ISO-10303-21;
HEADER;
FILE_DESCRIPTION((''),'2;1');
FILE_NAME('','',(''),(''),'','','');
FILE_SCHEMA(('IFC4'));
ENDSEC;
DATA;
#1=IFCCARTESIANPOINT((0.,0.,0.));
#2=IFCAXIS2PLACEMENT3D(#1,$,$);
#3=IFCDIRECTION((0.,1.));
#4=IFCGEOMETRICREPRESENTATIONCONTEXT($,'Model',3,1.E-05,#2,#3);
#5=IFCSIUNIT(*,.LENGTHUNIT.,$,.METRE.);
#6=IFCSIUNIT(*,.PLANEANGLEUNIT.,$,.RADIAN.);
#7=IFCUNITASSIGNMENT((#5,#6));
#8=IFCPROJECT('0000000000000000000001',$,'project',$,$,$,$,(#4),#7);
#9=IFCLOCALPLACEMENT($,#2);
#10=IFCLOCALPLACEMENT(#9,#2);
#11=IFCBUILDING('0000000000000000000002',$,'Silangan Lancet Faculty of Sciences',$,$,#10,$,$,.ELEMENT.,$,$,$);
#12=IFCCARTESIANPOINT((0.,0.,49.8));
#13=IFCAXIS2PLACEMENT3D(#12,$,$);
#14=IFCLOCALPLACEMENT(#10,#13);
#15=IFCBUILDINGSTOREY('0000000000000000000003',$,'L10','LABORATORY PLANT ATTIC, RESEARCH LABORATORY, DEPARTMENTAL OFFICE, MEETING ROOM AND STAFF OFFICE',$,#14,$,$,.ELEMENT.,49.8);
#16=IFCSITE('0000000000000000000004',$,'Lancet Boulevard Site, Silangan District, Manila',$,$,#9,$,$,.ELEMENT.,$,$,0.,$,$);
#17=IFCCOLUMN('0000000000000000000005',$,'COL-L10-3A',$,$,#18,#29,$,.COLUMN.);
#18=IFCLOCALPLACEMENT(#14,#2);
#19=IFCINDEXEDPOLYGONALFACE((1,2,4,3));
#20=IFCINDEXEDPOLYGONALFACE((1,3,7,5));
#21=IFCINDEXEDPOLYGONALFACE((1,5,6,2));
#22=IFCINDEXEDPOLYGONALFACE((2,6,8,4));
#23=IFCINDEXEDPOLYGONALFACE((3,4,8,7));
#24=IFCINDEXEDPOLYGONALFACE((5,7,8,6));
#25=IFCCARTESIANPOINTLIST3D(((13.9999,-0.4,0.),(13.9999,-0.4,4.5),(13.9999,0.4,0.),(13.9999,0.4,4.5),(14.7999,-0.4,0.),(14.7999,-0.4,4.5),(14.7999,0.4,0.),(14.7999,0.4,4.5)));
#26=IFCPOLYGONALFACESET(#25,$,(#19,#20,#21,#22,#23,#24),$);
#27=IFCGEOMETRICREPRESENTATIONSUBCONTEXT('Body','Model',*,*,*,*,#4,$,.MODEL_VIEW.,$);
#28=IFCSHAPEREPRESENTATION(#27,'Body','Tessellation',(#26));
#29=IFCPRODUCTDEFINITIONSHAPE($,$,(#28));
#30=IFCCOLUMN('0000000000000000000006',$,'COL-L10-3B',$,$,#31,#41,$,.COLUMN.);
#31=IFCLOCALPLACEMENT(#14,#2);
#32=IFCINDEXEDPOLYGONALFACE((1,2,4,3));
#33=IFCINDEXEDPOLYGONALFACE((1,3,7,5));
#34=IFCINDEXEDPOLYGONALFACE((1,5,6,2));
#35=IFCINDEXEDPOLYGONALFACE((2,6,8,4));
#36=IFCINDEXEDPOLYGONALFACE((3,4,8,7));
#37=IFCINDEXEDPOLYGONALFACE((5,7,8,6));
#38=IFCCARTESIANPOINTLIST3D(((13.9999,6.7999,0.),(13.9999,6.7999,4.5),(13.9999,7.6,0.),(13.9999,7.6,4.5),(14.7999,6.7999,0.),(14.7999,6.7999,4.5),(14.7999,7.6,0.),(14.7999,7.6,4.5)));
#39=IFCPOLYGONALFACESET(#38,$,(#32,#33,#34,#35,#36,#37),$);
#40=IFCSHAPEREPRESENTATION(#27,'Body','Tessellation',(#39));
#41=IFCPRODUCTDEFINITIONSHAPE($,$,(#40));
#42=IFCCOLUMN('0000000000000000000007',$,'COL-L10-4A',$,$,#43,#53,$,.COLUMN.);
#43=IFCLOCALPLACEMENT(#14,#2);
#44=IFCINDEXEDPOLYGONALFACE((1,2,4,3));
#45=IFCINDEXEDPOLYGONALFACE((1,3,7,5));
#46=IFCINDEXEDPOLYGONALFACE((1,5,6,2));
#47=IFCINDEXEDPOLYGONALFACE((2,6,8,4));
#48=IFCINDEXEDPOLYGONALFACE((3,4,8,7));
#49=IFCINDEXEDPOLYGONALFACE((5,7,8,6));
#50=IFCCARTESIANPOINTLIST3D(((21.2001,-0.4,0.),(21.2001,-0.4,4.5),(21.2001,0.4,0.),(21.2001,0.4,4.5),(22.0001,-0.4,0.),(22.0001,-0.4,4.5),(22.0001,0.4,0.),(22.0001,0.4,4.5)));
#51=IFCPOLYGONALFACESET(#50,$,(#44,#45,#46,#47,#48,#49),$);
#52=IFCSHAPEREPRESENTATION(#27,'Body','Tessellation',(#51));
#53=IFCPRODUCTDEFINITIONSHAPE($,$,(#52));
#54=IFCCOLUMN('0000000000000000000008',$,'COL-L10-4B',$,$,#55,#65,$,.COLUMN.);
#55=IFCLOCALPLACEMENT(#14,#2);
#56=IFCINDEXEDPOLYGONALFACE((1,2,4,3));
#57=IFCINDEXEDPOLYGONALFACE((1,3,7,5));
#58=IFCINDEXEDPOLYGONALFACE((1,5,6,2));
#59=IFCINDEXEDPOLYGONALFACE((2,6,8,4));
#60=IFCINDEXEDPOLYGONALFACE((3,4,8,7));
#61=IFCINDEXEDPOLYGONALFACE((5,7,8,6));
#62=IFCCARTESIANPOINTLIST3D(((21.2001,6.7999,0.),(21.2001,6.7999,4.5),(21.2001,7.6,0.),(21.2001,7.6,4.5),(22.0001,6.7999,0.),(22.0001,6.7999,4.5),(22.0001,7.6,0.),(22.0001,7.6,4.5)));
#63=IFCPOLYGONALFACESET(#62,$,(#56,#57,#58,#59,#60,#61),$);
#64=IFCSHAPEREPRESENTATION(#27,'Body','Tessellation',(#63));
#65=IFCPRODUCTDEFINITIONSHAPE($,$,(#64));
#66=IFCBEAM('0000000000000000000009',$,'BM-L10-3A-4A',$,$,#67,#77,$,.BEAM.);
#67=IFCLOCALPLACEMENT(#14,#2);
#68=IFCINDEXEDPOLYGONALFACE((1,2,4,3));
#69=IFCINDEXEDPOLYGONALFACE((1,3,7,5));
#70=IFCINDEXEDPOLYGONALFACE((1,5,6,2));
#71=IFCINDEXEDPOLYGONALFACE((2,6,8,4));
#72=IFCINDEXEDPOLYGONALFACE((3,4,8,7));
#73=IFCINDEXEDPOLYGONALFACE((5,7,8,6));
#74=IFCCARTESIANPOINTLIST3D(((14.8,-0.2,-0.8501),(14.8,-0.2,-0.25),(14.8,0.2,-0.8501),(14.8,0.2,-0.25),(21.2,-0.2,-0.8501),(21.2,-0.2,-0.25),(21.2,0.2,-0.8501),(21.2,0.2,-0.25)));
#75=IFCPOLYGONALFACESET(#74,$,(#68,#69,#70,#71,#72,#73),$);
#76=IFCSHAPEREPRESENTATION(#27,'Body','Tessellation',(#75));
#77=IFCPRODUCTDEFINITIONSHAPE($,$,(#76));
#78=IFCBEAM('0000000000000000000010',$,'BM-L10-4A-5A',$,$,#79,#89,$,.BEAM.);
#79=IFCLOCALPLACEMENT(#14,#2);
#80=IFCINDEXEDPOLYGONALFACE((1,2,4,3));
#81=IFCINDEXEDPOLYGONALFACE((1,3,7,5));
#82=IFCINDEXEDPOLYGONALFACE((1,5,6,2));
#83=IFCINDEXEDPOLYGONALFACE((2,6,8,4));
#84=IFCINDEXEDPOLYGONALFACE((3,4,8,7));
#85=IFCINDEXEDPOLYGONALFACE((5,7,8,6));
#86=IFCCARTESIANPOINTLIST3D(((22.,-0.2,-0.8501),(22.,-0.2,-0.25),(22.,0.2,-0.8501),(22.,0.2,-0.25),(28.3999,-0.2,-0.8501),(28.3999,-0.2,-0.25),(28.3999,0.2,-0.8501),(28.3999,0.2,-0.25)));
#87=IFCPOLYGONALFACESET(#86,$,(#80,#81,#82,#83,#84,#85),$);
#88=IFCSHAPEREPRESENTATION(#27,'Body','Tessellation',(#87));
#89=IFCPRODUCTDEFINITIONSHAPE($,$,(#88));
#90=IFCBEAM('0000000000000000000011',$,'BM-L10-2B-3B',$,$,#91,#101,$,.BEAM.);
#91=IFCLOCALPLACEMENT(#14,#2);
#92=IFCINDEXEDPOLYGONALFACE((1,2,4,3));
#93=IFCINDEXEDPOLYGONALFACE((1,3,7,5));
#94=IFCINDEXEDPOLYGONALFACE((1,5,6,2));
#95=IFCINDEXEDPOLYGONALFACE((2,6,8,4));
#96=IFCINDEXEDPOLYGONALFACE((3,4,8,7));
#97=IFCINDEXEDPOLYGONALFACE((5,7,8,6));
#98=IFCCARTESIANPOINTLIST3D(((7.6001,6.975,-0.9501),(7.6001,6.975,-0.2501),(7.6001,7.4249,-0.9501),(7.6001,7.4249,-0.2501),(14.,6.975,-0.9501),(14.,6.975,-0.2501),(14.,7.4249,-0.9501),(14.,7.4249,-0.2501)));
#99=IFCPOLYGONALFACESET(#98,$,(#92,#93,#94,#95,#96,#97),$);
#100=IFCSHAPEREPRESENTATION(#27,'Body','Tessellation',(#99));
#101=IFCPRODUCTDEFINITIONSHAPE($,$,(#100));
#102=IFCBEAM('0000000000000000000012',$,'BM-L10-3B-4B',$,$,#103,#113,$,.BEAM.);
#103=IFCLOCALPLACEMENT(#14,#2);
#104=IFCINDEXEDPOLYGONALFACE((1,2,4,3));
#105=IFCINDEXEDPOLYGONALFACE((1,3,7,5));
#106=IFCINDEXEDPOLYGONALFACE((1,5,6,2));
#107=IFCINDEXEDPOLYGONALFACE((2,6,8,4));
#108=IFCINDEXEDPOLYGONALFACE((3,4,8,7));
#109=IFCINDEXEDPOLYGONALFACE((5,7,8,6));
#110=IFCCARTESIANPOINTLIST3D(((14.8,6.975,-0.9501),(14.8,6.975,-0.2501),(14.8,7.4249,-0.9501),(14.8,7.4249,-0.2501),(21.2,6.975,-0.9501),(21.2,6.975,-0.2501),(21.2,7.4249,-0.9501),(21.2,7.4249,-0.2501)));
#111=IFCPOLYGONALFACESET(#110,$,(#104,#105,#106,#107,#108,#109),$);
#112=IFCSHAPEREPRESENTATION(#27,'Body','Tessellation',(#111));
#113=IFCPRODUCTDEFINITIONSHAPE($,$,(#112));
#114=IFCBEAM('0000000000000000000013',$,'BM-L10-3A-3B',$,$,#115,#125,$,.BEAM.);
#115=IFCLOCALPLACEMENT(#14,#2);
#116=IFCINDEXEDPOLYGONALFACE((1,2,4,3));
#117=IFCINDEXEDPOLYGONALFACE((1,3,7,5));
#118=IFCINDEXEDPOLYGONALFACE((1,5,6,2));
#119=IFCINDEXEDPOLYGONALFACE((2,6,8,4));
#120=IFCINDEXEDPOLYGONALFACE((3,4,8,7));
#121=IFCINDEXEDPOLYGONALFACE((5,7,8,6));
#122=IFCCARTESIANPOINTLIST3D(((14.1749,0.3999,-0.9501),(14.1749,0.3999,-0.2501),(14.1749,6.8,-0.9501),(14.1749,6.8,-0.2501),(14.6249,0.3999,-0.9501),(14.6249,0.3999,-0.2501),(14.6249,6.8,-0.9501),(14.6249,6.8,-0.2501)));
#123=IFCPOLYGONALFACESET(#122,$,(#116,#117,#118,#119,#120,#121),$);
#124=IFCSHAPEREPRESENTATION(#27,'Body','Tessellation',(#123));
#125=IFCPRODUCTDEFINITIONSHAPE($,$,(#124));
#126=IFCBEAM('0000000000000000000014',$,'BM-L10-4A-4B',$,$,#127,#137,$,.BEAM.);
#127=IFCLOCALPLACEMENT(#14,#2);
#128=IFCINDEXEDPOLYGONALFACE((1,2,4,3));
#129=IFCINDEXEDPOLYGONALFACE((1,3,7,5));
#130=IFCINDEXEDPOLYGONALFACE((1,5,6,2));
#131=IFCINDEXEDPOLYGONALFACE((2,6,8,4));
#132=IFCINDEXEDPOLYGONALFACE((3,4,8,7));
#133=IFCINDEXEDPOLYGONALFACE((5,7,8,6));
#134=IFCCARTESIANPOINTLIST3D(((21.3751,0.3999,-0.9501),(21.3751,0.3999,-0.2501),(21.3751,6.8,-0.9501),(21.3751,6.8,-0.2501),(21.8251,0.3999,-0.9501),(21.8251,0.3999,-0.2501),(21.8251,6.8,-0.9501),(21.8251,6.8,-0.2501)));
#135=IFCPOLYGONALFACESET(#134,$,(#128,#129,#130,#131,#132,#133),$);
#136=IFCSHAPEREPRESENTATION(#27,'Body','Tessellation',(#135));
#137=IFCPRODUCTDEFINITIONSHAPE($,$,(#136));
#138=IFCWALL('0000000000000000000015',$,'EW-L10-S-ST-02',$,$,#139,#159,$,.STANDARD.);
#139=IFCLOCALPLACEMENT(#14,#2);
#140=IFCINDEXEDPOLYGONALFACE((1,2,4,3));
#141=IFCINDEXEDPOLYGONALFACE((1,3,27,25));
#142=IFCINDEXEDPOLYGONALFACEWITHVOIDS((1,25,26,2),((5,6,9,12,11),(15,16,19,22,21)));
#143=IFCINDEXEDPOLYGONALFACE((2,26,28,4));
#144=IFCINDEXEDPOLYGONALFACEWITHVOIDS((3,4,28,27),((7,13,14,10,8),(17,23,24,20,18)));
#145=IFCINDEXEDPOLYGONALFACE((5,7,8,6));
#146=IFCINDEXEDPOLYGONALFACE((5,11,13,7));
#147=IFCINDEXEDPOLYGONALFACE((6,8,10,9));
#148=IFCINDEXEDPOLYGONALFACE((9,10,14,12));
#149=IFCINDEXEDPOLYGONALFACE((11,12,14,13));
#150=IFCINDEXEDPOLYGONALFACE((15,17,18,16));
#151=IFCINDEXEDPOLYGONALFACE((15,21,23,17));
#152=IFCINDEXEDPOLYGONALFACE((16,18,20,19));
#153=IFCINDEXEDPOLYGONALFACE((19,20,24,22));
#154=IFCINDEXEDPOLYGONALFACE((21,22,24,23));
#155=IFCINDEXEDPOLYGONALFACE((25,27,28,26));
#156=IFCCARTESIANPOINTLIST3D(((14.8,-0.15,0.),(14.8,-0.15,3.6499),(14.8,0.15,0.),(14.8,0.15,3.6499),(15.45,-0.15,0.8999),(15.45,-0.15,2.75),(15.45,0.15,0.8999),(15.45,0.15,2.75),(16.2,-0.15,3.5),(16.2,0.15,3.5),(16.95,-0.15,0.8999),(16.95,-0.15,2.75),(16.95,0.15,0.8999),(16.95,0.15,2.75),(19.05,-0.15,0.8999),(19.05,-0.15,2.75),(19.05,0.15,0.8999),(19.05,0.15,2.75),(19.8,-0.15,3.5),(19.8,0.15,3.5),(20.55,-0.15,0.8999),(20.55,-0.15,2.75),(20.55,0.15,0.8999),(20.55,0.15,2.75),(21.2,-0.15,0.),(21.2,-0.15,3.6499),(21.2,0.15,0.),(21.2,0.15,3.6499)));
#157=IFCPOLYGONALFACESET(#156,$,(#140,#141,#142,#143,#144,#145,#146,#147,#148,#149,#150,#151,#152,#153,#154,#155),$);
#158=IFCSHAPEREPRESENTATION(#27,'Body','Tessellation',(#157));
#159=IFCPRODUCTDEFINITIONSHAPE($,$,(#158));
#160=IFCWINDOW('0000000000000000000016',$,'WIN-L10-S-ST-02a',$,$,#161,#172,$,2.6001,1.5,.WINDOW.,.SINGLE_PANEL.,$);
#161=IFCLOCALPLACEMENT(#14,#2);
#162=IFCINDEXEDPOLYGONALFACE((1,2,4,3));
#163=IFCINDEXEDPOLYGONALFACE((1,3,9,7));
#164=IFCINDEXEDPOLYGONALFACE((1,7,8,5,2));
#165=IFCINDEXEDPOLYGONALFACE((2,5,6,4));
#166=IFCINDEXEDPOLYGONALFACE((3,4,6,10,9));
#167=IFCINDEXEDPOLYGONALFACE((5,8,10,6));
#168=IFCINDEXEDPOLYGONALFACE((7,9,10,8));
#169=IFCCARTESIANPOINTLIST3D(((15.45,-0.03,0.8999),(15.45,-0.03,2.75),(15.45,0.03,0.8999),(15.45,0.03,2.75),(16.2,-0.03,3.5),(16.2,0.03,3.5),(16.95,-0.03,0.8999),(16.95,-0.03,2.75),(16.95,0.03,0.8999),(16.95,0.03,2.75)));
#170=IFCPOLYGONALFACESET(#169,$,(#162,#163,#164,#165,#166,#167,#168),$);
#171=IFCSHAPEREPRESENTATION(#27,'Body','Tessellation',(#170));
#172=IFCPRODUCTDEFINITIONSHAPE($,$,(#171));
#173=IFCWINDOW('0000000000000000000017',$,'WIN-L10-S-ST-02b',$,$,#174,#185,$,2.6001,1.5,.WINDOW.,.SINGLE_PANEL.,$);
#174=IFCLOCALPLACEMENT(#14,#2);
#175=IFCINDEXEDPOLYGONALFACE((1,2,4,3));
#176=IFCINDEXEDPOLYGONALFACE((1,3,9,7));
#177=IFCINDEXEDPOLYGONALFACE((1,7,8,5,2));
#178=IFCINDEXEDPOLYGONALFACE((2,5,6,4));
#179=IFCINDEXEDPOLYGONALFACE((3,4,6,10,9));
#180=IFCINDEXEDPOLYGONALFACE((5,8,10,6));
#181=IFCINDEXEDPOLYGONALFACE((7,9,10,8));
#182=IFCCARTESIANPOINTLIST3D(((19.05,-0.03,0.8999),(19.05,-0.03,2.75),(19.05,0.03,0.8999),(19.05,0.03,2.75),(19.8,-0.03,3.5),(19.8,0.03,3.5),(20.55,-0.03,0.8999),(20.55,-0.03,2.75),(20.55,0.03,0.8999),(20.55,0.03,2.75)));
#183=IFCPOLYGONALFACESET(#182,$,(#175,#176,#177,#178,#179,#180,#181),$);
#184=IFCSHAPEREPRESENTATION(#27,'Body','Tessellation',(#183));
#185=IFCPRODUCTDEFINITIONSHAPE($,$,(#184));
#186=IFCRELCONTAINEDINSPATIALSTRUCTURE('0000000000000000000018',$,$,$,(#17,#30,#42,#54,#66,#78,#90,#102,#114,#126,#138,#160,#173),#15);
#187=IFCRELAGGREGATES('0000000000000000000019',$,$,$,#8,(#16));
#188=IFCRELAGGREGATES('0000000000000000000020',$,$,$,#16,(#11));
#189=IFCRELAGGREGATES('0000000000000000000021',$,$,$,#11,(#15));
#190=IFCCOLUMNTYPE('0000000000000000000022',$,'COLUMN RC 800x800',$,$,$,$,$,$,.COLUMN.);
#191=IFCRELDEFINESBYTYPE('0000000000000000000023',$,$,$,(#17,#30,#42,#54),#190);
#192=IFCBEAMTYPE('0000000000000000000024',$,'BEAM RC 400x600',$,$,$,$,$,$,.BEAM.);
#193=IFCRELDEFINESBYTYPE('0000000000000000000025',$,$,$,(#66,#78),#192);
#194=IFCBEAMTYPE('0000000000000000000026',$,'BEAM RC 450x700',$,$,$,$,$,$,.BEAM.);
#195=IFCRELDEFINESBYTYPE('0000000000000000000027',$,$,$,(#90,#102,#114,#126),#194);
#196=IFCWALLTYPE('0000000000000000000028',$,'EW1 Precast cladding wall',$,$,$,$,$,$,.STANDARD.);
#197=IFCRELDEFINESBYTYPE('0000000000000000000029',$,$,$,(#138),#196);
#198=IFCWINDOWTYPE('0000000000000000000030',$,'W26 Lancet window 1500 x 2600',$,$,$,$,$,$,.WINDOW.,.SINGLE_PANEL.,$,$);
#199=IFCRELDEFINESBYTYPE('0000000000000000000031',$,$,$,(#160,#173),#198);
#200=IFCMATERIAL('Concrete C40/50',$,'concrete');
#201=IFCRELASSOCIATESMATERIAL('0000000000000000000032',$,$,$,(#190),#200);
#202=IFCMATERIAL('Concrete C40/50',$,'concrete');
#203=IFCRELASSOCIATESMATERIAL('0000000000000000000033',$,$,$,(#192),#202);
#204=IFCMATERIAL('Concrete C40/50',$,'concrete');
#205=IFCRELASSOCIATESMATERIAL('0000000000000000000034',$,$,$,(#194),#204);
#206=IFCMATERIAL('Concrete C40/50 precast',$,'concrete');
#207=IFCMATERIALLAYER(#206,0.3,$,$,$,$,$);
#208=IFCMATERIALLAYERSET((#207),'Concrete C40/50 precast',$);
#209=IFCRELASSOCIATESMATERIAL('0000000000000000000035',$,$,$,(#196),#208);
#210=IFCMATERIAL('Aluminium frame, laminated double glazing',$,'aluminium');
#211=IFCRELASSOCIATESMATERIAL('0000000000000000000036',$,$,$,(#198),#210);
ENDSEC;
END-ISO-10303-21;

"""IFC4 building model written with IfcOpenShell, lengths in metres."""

from ifc_helpers import new_model, si_unit, direction, frame, frame_2d, origin, origin_2d, place, context, subcontext, project, spatial, polyline, rectangle, outline, extrude, material, layer, layer_set, material_profile, profile_set, type_object, element, fill, save


model = new_model("IFC4")

# Units and contexts
model_context = context("Model", 3, precision=1e-05, world=origin(), true_north=direction((0.0, 1.0)))
body_context = subcontext(model_context, "Body", "Model", "MODEL_VIEW")
ifc_project = project(units=[si_unit("LENGTHUNIT", "METRE"), si_unit("PLANEANGLEUNIT", "RADIAN")], contexts=[model_context])

# Site, building, storey
site_placement = place(None, origin())
site = spatial("IfcSite", under=ifc_project, at=site_placement, Name="Lancet Boulevard Site, Silangan District, Manila", CompositionType="ELEMENT", RefElevation=0.0)
building_placement = place(site_placement, origin())
building = spatial("IfcBuilding", under=site, at=building_placement, Name="Silangan Lancet Faculty of Sciences", CompositionType="ELEMENT")
storey_placement = place(building_placement, frame((0.0, 0.0, 49.8)))
storey = spatial("IfcBuildingStorey", under=building, at=storey_placement, Name="L10", Description="LABORATORY PLANT ATTIC, RESEARCH LABORATORY, DEPARTMENTAL OFFICE, MEETING ROOM AND STAFF OFFICE", CompositionType="ELEMENT", Elevation=49.8)

# Columns
ifc_material_1 = material(Name="Concrete C40/50", Category="concrete")
ifc_material_profile_1 = material_profile(ifc_material_1, rectangle(XDim=0.8, YDim=0.8, at=origin_2d()), Name="RC 800x800")
ifc_profile_set_1 = profile_set([ifc_material_profile_1], Name="Concrete C40/50")
column_type = type_object("IfcColumnType", Name="COLUMN RC 800x800", PredefinedType="COLUMN", material=ifc_profile_set_1)
for number, where, z_axis, x_axis, name in (
    (1, (14.3999, 0.0, 0.0), (0.0, 0.0, 1.0), (1.0, 0.0, 0.0), "COL-L10-3A"),
    (2, (14.3999, 7.2, 0.0), (0.0, 0.0, 1.0), (1.0, 0.0, 0.0), "COL-L10-3B"),
    (3, (21.6001, 0.0, 0.0), (0.0, 0.0, 1.0), (1.0, 0.0, 0.0), "COL-L10-4A"),
    (4, (21.6001, 7.2, 0.0), (0.0, 0.0, 1.0), (1.0, 0.0, 0.0), "COL-L10-4B"),
):
    element("IfcColumn", number, at=place(storey_placement, frame(where, z_axis=z_axis, x_axis=x_axis)), inside=storey, type_object=column_type, Name=name, PredefinedType="COLUMN", context=body_context, shape_type="SweptSolid", body=[
        extrude(rectangle(XDim=0.8, YDim=0.8, at=origin_2d()), origin(), (0.0, 0.0, 1.0), 4.5),
    ])

# Beams
ifc_material_2 = material(Name="Concrete C40/50", Category="concrete")
ifc_material_profile_2 = material_profile(ifc_material_2, rectangle(XDim=0.3999, YDim=0.6001, at=origin_2d()), Name="RC 400x600")
ifc_profile_set_2 = profile_set([ifc_material_profile_2], Name="Concrete C40/50")
beam_type_1 = type_object("IfcBeamType", Name="BEAM RC 400x600", PredefinedType="BEAM", material=ifc_profile_set_2)
for number, where, z_axis, x_axis, name in (
    (5, (14.8, 0.0, -0.55), (1.0, 0.0, 0.0), (0.0, 1.0, 0.0), "BM-L10-3A-4A"),
    (6, (22.0, 0.0, -0.55), (1.0, 0.0, 0.0), (0.0, 1.0, 0.0), "BM-L10-4A-5A"),
):
    element("IfcBeam", number, at=place(storey_placement, frame(where, z_axis=z_axis, x_axis=x_axis)), inside=storey, type_object=beam_type_1, Name=name, PredefinedType="BEAM", context=body_context, shape_type="SweptSolid", body=[
        extrude(rectangle(XDim=0.3999, YDim=0.6001, at=origin_2d()), origin(), (0.0, 0.0, 1.0), 6.3999),
    ])
ifc_material_3 = material(Name="Concrete C40/50", Category="concrete")
ifc_material_profile_3 = material_profile(ifc_material_3, rectangle(XDim=0.45, YDim=0.7, at=origin_2d()), Name="RC 450x700")
ifc_profile_set_3 = profile_set([ifc_material_profile_3], Name="Concrete C40/50")
beam_type_2 = type_object("IfcBeamType", Name="BEAM RC 450x700", PredefinedType="BEAM", material=ifc_profile_set_3)
for number, where, z_axis, x_axis, name in (
    (7, (7.6001, 7.2, -0.6001), (1.0, 0.0, 0.0), (0.0, 1.0, 0.0), "BM-L10-2B-3B"),
    (8, (14.8, 7.2, -0.6001), (1.0, 0.0, 0.0), (0.0, 1.0, 0.0), "BM-L10-3B-4B"),
):
    element("IfcBeam", number, at=place(storey_placement, frame(where, z_axis=z_axis, x_axis=x_axis)), inside=storey, type_object=beam_type_2, Name=name, PredefinedType="BEAM", context=body_context, shape_type="SweptSolid", body=[
        extrude(rectangle(XDim=0.45, YDim=0.7, at=origin_2d()), origin(), (0.0, 0.0, 1.0), 6.3999),
    ])
for number, where, z_axis, x_axis, name in (
    (9, (14.3999, 0.3999, -0.6001), (0.0, 1.0, 0.0), (-1.0, 0.0, 0.0), "BM-L10-3A-3B"),
    (10, (21.6001, 0.3999, -0.6001), (0.0, 1.0, 0.0), (-1.0, 0.0, 0.0), "BM-L10-4A-4B"),
):
    element("IfcBeam", number, at=place(storey_placement, frame(where, z_axis=z_axis, x_axis=x_axis)), inside=storey, type_object=beam_type_2, Name=name, PredefinedType="BEAM", context=body_context, shape_type="SweptSolid", body=[
        extrude(rectangle(XDim=0.45, YDim=0.7, at=origin_2d()), origin(), (0.0, 0.0, 1.0), 6.4001),
    ])

# Wall, openings, windows
ifc_material_4 = material(Name="Concrete C40/50 precast", Category="concrete")
ifc_layer_1 = layer(ifc_material_4, 0.3)
ifc_layer_set_1 = layer_set([ifc_layer_1], Name="Concrete C40/50 precast")
wall_type_1 = type_object("IfcWallType", Name="EW1 Precast cladding wall", PredefinedType="STANDARD", material=ifc_layer_set_1)
wall_1_placement = place(storey_placement, frame((14.8, 0.0, 0.0), z_axis=(0.0, 0.0, 1.0), x_axis=(1.0, 0.0, 0.0)))
wall_1 = element("IfcWall", 11, at=wall_1_placement, inside=storey, type_object=wall_type_1, Name="EW-L10-S-ST-02", PredefinedType="STANDARD", context=body_context, shape_type="SweptSolid", body=[
    extrude(rectangle(XDim=6.3999, YDim=0.3, at=frame_2d((3.2, 0.0))), origin(), (0.0, 0.0, 1.0), 3.6499),
])
opening_1_placement = place(wall_1_placement, frame((0.6499, 0.0, 0.8999)))
opening_1 = element("IfcOpeningElement", 12, at=opening_1_placement, cuts=wall_1, PredefinedType="OPENING", context=body_context, shape_type="SweptSolid", body=[
    extrude(outline(polyline([(0.0, 0.0), (1.5, 0.0), (1.5, 1.8501), (0.75, 2.6001), (0.0, 1.8501), (0.0, 0.0)])), frame((0.0, 0.1599, 0.0), z_axis=(0.0, -1.0, 0.0), x_axis=(1.0, 0.0, 0.0)), (0.0, 0.0, 1.0), 0.3201),
])
opening_2_placement = place(wall_1_placement, frame((4.25, 0.0, 0.8999)))
opening_2 = element("IfcOpeningElement", 13, at=opening_2_placement, cuts=wall_1, PredefinedType="OPENING", context=body_context, shape_type="SweptSolid", body=[
    extrude(outline(polyline([(0.0, 0.0), (1.5, 0.0), (1.5, 1.8501), (0.75, 2.6001), (0.0, 1.8501), (0.0, 0.0)])), frame((0.0, 0.1599, 0.0), z_axis=(0.0, -1.0, 0.0), x_axis=(1.0, 0.0, 0.0)), (0.0, 0.0, 1.0), 0.3201),
])
ifc_material_5 = material(Name="Aluminium frame, laminated double glazing", Category="aluminium")
window_type_1 = type_object("IfcWindowType", Name="W26 Lancet window 1500 x 2600", PartitioningType="SINGLE_PANEL", PredefinedType="WINDOW", material=ifc_material_5)
window_1_placement = place(opening_1_placement, origin())
window_1 = element("IfcWindow", 14, at=window_1_placement, inside=storey, type_object=window_type_1, Name="WIN-L10-S-ST-02a", OverallHeight=2.6001, OverallWidth=1.5, PartitioningType="SINGLE_PANEL", PredefinedType="WINDOW", context=body_context, shape_type="SweptSolid", body=[
    extrude(outline(polyline([(0.0, 0.0), (1.5, 0.0), (1.5, 1.8501), (0.75, 2.6001), (0.0, 1.8501), (0.0, 0.0)])), frame((0.0, 0.03, 0.0), z_axis=(0.0, -1.0, 0.0), x_axis=(1.0, 0.0, 0.0)), (0.0, 0.0, 1.0), 0.0601),
])
fill(opening_1, window_1)
window_2_placement = place(opening_2_placement, origin())
window_2 = element("IfcWindow", 15, at=window_2_placement, inside=storey, type_object=window_type_1, Name="WIN-L10-S-ST-02b", OverallHeight=2.6001, OverallWidth=1.5, PartitioningType="SINGLE_PANEL", PredefinedType="WINDOW", context=body_context, shape_type="SweptSolid", body=[
    extrude(outline(polyline([(0.0, 0.0), (1.5, 0.0), (1.5, 1.8501), (0.75, 2.6001), (0.0, 1.8501), (0.0, 0.0)])), frame((0.0, 0.03, 0.0), z_axis=(0.0, -1.0, 0.0), x_axis=(1.0, 0.0, 0.0)), (0.0, 0.0, 1.0), 0.0601),
])
fill(opening_2, window_2)

save(model, "model.ifc")
